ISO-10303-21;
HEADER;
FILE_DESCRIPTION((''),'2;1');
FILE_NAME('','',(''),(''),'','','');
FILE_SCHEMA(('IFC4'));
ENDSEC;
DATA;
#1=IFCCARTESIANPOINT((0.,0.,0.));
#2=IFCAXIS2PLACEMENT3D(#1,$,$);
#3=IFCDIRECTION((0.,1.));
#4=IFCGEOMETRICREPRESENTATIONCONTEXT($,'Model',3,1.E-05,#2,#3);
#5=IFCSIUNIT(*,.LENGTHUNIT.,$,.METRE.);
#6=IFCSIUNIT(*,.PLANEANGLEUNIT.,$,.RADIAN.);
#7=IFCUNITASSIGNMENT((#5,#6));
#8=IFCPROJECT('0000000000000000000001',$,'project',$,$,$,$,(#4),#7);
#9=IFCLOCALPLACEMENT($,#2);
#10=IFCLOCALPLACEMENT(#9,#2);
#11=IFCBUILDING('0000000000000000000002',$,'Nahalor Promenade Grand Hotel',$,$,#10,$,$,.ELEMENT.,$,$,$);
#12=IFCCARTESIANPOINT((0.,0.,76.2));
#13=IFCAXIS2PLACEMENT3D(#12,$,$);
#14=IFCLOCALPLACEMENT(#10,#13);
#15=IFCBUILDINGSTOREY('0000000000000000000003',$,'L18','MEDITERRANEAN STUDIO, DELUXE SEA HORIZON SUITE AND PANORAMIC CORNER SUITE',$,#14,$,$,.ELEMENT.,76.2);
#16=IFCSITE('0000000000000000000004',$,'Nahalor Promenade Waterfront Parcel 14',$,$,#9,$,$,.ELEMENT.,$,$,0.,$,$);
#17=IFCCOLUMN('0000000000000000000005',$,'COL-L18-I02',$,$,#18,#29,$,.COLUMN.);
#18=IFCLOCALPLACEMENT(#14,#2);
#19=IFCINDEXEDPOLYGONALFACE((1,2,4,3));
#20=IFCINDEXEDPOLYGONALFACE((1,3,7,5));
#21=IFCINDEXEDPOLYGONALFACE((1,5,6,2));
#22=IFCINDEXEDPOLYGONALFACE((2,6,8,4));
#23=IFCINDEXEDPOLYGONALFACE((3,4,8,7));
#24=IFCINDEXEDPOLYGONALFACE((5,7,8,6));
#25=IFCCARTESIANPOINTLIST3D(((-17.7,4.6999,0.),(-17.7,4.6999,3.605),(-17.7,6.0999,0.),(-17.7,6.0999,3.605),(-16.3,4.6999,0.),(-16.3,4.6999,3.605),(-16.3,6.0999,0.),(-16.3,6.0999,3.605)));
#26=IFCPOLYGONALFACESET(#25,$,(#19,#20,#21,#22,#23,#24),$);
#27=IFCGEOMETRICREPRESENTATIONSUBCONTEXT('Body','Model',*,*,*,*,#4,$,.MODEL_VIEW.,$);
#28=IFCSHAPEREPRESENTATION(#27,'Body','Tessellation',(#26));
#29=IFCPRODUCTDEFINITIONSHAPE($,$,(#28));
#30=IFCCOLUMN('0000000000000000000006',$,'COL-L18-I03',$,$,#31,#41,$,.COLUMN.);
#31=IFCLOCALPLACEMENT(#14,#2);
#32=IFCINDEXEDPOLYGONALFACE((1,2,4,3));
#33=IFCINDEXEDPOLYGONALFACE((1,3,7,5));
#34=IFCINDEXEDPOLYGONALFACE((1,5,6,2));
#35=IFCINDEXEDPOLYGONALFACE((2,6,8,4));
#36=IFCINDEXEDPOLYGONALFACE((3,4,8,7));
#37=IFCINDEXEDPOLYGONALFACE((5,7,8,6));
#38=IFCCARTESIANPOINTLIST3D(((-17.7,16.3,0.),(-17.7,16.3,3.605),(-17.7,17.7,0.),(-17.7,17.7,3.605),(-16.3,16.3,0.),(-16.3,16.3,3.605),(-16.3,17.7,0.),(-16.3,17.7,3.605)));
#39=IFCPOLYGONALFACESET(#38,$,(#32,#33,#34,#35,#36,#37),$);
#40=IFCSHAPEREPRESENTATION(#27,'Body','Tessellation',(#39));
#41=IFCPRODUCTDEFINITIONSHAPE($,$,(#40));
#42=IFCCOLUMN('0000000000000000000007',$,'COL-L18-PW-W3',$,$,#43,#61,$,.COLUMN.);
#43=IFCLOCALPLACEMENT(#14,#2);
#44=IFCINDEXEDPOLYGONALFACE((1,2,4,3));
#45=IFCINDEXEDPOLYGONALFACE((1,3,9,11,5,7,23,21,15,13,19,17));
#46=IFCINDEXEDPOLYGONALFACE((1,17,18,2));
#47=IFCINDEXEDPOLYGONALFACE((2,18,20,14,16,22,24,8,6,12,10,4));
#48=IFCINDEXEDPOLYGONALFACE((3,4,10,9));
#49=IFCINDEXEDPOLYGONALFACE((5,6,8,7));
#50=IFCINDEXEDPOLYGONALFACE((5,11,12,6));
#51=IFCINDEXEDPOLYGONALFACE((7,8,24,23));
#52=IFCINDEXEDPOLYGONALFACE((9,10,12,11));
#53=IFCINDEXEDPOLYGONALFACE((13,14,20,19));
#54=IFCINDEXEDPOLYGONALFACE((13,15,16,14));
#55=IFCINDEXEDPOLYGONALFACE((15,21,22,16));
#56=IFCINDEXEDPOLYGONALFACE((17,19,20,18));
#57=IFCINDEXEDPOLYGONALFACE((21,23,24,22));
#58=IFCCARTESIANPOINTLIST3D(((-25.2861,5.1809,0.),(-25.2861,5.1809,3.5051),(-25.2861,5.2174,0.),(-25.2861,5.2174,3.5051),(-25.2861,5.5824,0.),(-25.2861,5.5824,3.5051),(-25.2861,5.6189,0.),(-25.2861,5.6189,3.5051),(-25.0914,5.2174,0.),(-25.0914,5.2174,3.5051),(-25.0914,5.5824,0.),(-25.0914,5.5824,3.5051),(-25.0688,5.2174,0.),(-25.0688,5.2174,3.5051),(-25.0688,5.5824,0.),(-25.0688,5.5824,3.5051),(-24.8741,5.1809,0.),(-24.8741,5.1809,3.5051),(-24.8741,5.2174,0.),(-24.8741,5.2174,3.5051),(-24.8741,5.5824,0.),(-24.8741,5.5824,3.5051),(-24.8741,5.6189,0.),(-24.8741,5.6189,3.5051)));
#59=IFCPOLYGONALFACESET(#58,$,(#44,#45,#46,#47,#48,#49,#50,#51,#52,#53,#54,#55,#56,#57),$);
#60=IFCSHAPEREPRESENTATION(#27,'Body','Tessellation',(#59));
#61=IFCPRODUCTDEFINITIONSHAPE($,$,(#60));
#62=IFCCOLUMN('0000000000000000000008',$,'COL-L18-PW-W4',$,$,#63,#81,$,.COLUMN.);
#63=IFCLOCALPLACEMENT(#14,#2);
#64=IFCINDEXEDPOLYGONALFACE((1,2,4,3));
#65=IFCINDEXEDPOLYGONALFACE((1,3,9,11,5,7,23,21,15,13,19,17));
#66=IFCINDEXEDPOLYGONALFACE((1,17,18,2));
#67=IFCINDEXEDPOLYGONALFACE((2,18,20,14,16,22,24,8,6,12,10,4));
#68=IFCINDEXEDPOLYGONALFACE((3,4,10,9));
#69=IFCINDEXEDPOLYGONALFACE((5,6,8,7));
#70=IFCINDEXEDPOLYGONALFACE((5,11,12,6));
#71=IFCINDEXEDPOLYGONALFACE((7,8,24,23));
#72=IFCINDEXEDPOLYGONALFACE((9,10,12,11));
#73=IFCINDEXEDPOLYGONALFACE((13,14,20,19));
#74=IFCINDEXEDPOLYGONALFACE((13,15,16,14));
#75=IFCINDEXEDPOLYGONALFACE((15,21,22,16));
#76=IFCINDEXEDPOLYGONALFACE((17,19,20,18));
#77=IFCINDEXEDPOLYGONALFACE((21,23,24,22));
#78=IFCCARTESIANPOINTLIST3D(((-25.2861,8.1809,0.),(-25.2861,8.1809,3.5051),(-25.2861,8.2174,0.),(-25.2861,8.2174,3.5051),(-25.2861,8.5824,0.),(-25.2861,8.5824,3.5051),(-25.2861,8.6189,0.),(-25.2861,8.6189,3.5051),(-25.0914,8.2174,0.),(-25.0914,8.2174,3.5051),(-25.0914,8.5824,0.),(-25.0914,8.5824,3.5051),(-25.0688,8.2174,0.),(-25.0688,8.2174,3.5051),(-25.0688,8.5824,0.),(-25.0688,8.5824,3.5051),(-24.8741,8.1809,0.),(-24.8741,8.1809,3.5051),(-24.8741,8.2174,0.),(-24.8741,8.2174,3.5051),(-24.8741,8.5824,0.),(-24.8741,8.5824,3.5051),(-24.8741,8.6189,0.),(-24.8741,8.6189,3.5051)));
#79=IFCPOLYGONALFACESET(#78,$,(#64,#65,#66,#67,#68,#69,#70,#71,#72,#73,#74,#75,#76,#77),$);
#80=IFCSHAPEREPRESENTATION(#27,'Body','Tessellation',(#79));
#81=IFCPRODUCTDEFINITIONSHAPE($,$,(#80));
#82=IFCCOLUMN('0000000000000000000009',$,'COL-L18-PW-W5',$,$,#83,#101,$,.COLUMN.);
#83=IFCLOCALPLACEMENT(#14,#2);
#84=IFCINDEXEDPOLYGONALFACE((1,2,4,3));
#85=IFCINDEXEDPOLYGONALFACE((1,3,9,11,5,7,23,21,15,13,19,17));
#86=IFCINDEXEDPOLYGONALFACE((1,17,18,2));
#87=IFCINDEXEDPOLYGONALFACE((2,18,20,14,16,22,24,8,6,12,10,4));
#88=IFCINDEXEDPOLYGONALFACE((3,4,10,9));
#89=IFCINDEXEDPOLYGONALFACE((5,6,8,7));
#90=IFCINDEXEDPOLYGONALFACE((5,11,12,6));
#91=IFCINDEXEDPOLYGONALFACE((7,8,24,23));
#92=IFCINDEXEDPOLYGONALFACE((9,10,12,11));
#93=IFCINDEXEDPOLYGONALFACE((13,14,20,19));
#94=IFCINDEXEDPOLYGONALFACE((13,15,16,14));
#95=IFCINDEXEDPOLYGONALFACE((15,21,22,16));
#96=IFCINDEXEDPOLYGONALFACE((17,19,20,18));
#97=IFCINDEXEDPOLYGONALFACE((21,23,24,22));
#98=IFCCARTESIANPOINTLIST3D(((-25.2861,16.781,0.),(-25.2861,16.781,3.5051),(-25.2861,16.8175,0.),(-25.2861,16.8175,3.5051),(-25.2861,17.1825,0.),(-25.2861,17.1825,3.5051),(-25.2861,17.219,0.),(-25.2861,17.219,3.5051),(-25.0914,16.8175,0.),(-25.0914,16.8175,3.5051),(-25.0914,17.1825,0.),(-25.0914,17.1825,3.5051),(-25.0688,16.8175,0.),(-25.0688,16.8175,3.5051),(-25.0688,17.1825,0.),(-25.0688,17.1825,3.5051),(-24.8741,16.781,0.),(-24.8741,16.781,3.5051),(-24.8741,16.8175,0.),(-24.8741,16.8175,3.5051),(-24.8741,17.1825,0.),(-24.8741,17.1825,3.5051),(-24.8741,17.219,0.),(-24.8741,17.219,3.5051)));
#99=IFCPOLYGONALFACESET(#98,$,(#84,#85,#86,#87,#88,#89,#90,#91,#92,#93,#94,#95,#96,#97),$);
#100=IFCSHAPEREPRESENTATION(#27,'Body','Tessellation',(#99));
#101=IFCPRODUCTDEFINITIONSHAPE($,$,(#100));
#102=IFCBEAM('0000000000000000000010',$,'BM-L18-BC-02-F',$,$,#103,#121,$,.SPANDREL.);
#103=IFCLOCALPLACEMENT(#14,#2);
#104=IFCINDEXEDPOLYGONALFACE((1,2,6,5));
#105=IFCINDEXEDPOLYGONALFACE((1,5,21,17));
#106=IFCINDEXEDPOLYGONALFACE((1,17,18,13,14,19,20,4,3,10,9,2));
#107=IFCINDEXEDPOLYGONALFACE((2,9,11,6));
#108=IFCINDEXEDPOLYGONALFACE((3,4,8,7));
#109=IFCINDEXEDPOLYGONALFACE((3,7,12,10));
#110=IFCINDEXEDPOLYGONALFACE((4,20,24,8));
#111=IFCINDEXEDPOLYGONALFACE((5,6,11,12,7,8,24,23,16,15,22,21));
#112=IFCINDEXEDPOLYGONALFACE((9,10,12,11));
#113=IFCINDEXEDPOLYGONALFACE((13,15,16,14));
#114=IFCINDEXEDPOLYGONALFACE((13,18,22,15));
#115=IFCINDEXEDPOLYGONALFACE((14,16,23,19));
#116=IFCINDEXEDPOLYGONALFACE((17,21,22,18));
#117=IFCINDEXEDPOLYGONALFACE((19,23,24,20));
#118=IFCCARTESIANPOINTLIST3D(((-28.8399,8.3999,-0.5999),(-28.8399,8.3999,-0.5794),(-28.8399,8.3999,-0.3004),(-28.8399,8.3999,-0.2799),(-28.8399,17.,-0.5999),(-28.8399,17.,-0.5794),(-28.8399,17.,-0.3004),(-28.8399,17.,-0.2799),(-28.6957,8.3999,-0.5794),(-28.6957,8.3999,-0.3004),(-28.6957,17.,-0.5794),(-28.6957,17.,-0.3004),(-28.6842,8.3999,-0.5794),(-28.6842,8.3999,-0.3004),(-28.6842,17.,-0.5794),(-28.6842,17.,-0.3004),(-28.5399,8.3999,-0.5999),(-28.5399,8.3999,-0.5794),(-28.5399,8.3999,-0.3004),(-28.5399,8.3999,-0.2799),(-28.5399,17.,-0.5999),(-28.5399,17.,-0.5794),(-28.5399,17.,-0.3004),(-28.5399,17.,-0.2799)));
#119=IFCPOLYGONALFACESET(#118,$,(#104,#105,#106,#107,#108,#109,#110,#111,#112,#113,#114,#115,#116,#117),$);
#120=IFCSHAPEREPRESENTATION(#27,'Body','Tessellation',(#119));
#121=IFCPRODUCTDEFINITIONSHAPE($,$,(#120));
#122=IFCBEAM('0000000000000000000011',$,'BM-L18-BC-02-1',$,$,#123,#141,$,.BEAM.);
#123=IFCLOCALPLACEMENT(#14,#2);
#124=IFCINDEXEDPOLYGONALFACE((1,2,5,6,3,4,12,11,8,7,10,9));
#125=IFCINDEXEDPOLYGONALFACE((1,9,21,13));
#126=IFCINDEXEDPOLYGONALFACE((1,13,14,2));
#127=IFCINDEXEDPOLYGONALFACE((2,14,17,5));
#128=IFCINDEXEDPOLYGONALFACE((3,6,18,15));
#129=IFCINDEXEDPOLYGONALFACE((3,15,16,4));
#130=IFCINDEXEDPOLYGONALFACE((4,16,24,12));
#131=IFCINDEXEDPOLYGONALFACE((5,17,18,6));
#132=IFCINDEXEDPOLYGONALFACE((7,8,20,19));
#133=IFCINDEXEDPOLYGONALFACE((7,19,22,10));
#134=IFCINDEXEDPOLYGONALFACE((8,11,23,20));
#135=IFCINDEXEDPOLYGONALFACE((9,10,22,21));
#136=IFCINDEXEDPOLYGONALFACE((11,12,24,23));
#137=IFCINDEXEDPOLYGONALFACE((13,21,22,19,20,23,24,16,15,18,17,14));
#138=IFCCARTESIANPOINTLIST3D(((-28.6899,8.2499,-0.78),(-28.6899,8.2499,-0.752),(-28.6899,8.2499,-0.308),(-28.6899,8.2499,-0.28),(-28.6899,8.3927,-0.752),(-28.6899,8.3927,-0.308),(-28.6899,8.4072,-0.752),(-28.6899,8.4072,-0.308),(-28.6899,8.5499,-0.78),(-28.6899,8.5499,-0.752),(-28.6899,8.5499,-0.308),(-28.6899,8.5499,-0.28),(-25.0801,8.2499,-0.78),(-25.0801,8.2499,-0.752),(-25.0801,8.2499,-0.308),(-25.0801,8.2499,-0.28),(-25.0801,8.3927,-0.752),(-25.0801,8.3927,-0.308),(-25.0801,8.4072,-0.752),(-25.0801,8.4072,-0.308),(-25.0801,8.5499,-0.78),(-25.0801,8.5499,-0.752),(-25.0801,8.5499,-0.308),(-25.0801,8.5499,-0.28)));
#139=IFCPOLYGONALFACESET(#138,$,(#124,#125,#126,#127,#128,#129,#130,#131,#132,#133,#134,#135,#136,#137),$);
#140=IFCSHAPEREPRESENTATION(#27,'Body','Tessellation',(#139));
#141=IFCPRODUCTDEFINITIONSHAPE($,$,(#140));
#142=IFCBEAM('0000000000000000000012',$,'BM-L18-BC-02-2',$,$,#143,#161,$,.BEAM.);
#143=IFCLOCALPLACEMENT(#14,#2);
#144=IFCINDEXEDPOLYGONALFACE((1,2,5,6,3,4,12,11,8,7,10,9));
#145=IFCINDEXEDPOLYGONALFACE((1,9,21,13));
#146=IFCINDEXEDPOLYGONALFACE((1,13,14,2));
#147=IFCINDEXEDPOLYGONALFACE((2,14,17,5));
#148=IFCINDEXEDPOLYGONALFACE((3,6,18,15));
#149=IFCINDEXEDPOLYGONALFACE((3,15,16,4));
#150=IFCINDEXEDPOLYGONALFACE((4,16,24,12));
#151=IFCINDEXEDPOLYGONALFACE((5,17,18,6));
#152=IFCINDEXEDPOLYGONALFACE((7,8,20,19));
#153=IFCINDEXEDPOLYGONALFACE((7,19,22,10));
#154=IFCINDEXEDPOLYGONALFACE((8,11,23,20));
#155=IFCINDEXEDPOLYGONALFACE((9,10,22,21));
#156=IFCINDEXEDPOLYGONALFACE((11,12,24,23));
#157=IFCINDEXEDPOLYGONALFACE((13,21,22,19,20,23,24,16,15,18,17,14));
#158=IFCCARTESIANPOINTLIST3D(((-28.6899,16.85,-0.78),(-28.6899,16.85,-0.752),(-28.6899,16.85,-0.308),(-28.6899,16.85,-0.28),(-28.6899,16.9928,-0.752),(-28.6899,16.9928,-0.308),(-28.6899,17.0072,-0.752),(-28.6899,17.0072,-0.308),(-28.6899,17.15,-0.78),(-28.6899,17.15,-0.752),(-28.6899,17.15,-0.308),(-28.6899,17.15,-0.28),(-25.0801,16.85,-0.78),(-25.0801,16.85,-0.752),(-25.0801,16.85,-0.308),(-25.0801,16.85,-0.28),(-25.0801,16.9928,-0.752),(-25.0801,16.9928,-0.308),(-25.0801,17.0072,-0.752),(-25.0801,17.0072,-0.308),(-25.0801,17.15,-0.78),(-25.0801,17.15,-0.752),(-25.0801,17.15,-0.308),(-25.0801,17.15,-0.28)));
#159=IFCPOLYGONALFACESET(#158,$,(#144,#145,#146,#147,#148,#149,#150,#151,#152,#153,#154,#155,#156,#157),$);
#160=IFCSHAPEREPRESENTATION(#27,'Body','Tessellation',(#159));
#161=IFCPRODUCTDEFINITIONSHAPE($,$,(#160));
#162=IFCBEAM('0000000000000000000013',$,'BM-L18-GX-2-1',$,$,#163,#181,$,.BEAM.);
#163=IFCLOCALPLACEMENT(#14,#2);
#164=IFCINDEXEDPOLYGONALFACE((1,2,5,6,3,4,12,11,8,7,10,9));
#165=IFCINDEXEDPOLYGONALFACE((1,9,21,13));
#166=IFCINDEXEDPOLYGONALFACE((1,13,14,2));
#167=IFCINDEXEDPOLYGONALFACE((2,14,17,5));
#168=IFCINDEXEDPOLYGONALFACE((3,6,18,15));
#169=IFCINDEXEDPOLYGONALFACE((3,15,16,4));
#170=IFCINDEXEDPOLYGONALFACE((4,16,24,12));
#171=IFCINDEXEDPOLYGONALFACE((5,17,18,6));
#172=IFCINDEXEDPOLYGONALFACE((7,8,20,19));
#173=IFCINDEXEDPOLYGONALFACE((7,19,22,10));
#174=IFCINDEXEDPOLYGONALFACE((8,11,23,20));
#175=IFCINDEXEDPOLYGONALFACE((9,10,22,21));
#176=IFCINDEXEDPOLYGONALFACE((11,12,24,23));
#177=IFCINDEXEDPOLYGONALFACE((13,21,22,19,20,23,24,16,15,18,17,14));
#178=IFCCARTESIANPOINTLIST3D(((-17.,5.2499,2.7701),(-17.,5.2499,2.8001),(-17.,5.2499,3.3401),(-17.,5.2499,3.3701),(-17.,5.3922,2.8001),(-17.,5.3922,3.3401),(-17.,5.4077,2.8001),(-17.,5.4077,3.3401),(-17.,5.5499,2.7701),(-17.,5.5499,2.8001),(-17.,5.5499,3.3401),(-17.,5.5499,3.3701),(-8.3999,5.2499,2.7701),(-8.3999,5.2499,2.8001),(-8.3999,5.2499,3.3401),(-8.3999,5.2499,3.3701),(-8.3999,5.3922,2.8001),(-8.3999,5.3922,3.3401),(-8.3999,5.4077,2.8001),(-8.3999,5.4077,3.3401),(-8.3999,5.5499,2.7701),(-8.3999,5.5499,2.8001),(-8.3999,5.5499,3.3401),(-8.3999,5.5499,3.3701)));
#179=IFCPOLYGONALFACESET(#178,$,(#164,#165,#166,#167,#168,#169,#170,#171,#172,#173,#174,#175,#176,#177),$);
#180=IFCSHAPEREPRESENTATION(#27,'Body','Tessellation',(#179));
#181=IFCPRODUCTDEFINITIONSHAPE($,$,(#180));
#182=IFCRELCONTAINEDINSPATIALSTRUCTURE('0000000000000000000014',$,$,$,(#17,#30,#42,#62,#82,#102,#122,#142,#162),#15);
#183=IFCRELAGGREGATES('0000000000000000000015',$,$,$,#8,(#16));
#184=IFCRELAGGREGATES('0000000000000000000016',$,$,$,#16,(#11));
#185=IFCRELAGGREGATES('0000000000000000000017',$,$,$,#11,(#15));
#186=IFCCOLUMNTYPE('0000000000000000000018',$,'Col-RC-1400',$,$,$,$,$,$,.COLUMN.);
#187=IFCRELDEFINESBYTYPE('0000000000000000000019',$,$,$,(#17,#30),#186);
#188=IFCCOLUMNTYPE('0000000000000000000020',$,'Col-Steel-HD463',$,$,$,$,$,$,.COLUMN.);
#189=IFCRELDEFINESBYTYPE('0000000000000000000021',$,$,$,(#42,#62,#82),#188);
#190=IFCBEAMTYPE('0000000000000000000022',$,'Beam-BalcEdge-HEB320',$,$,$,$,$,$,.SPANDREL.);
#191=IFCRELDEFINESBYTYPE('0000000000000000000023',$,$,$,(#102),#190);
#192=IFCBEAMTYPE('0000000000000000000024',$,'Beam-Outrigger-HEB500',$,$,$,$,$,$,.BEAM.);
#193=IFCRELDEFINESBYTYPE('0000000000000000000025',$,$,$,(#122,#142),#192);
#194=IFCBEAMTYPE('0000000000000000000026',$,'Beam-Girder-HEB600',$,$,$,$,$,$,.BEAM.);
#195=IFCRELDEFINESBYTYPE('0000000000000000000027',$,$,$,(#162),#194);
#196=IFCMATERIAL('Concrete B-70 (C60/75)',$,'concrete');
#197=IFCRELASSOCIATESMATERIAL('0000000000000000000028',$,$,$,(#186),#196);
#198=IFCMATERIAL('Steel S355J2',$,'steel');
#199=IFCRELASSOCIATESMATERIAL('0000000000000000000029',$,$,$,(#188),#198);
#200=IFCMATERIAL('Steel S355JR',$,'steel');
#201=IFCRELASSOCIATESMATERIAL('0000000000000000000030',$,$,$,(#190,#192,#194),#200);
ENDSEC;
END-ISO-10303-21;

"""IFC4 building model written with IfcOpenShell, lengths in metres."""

from ifc_helpers import new_model, si_unit, direction, frame, origin, origin_2d, place, context, subcontext, project, spatial, rectangle, i_section, extrude, source, transform, mapped, material, material_profile, profile_set, type_object, element, save


model = new_model("IFC4")

# Units and contexts
model_context = context("Model", 3, precision=1e-05, world=origin(), true_north=direction((0.0, 1.0)))
body_context = subcontext(model_context, "Body", "Model", "MODEL_VIEW")
ifc_project = project(units=[si_unit("LENGTHUNIT", "METRE"), si_unit("PLANEANGLEUNIT", "RADIAN")], contexts=[model_context])

# Site, building, storey
site_placement = place(None, origin())
site = spatial("IfcSite", under=ifc_project, at=site_placement, Name="Nahalor Promenade Waterfront Parcel 14", CompositionType="ELEMENT", RefElevation=0.0)
building_placement = place(site_placement, origin())
building = spatial("IfcBuilding", under=site, at=building_placement, Name="Nahalor Promenade Grand Hotel", CompositionType="ELEMENT")
storey_placement = place(building_placement, frame((0.0, 0.0, 76.2)))
storey = spatial("IfcBuildingStorey", under=building, at=storey_placement, Name="L18", Description="MEDITERRANEAN STUDIO, DELUXE SEA HORIZON SUITE AND PANORAMIC CORNER SUITE", CompositionType="ELEMENT", Elevation=76.2)

# Columns
ifc_material_1 = material(Name="Concrete B-70 (C60/75)", Category="concrete")
ifc_material_profile_1 = material_profile(ifc_material_1, rectangle(XDim=1.4, YDim=1.4, at=origin_2d()), Name="RC 1400x1400")
ifc_profile_set_1 = profile_set([ifc_material_profile_1], Name="Concrete B-70 (C60/75)")
column_type_1 = type_object("IfcColumnType", Name="Col-RC-1400", PredefinedType="COLUMN", material=ifc_profile_set_1)
shared_shape_1 = source(origin(), body_context, "Body", "SweptSolid", [
    extrude(rectangle(XDim=1.4, YDim=1.4, at=origin_2d()), origin(), (0.0, 0.0, 1.0), 3.605),
])
for number, where, z_axis, x_axis, name in (
    (1, (-17.0, 5.3999, 0.0), (0.0, 0.0, 1.0), (1.0, 0.0, 0.0), "COL-L18-I02"),
    (2, (-17.0, 17.0, 0.0), (0.0, 0.0, 1.0), (1.0, 0.0, 0.0), "COL-L18-I03"),
):
    element("IfcColumn", number, at=place(storey_placement, frame(where, z_axis=z_axis, x_axis=x_axis)), inside=storey, type_object=column_type_1, Name=name, PredefinedType="COLUMN", context=body_context, shape_type="MappedRepresentation", body=[
        mapped(shared_shape_1, transform((0.0, 0.0, 0.0), scale=1.0)),
    ])
ifc_material_2 = material(Name="Steel S355J2", Category="steel")
ifc_material_profile_2 = material_profile(ifc_material_2, i_section(OverallWidth=0.412, OverallDepth=0.438, WebThickness=0.0226, FlangeThickness=0.0365, at=origin_2d()), Name="HD 400x463")
ifc_profile_set_2 = profile_set([ifc_material_profile_2], Name="Steel S355J2")
column_type_2 = type_object("IfcColumnType", Name="Col-Steel-HD463", PredefinedType="COLUMN", material=ifc_profile_set_2)
shared_shape_2 = source(origin(), body_context, "Body", "SweptSolid", [
    extrude(i_section(OverallWidth=0.412, OverallDepth=0.438, WebThickness=0.0226, FlangeThickness=0.0365, at=origin_2d()), origin(), (0.0, 0.0, 1.0), 3.5051),
])
for number, where, z_axis, x_axis, name in (
    (3, (-25.0801, 5.3999, 0.0), (0.0, 0.0, 1.0), (1.0, 0.0, 0.0), "COL-L18-PW-W3"),
    (4, (-25.0801, 8.3999, 0.0), (0.0, 0.0, 1.0), (1.0, 0.0, 0.0), "COL-L18-PW-W4"),
    (5, (-25.0801, 17.0, 0.0), (0.0, 0.0, 1.0), (1.0, 0.0, 0.0), "COL-L18-PW-W5"),
):
    element("IfcColumn", number, at=place(storey_placement, frame(where, z_axis=z_axis, x_axis=x_axis)), inside=storey, type_object=column_type_2, Name=name, PredefinedType="COLUMN", context=body_context, shape_type="MappedRepresentation", body=[
        mapped(shared_shape_2, transform((0.0, 0.0, 0.0), scale=1.0)),
    ])

# Beams
ifc_material_3 = material(Name="Steel S355JR", Category="steel")
ifc_material_profile_3 = material_profile(ifc_material_3, i_section(OverallWidth=0.3, OverallDepth=0.32, WebThickness=0.0115, FlangeThickness=0.0205, at=origin_2d()), Name="HEB 320")
ifc_profile_set_3 = profile_set([ifc_material_profile_3], Name="Steel S355JR")
beam_type_1 = type_object("IfcBeamType", Name="Beam-BalcEdge-HEB320", PredefinedType="SPANDREL", material=ifc_profile_set_3)
shared_shape_3 = source(origin(), body_context, "Body", "SweptSolid", [
    extrude(i_section(OverallWidth=0.3, OverallDepth=0.32, WebThickness=0.0115, FlangeThickness=0.0205, at=origin_2d()), origin(), (0.0, 0.0, 1.0), 8.6001),
])
beam_1_placement = place(storey_placement, frame((-28.6899, 8.3999, -0.4399), z_axis=(0.0, 1.0, 0.0), x_axis=(-1.0, 0.0, 0.0)))
element("IfcBeam", 6, at=beam_1_placement, inside=storey, type_object=beam_type_1, Name="BM-L18-BC-02-F", PredefinedType="SPANDREL", context=body_context, shape_type="MappedRepresentation", body=[
    mapped(shared_shape_3, transform((0.0, 0.0, 0.0), scale=1.0)),
])
ifc_material_profile_4 = material_profile(ifc_material_3, i_section(OverallWidth=0.3, OverallDepth=0.5, WebThickness=0.0145, FlangeThickness=0.028, at=origin_2d()), Name="HEB 500")
ifc_profile_set_4 = profile_set([ifc_material_profile_4], Name="Steel S355JR")
beam_type_2 = type_object("IfcBeamType", Name="Beam-Outrigger-HEB500", PredefinedType="BEAM", material=ifc_profile_set_4)
shared_shape_4 = source(origin(), body_context, "Body", "SweptSolid", [
    extrude(i_section(OverallWidth=0.3, OverallDepth=0.5, WebThickness=0.0145, FlangeThickness=0.028, at=origin_2d()), origin(), (0.0, 0.0, 1.0), 3.6099),
])
for number, where, z_axis, x_axis, name in (
    (7, (-28.6899, 8.3999, -0.53), (1.0, 0.0, 0.0), (0.0, 1.0, 0.0), "BM-L18-BC-02-1"),
    (8, (-28.6899, 17.0, -0.53), (1.0, 0.0, 0.0), (0.0, 1.0, 0.0), "BM-L18-BC-02-2"),
):
    element("IfcBeam", number, at=place(storey_placement, frame(where, z_axis=z_axis, x_axis=x_axis)), inside=storey, type_object=beam_type_2, Name=name, PredefinedType="BEAM", context=body_context, shape_type="MappedRepresentation", body=[
        mapped(shared_shape_4, transform((0.0, 0.0, 0.0), scale=1.0)),
    ])
ifc_material_profile_5 = material_profile(ifc_material_3, i_section(OverallWidth=0.3, OverallDepth=0.6, WebThickness=0.0155, FlangeThickness=0.03, at=origin_2d()), Name="HEB 600")
ifc_profile_set_5 = profile_set([ifc_material_profile_5], Name="Steel S355JR")
beam_type_3 = type_object("IfcBeamType", Name="Beam-Girder-HEB600", PredefinedType="BEAM", material=ifc_profile_set_5)
shared_shape_5 = source(origin(), body_context, "Body", "SweptSolid", [
    extrude(i_section(OverallWidth=0.3, OverallDepth=0.6, WebThickness=0.0155, FlangeThickness=0.03, at=origin_2d()), origin(), (0.0, 0.0, 1.0), 8.6001),
])
beam_2_placement = place(storey_placement, frame((-17.0, 5.3999, 3.0701), z_axis=(1.0, 0.0, 0.0), x_axis=(0.0, 1.0, 0.0)))
element("IfcBeam", 9, at=beam_2_placement, inside=storey, type_object=beam_type_3, Name="BM-L18-GX-2-1", PredefinedType="BEAM", context=body_context, shape_type="MappedRepresentation", body=[
    mapped(shared_shape_5, transform((0.0, 0.0, 0.0), scale=1.0)),
])

save(model, "model.ifc")
